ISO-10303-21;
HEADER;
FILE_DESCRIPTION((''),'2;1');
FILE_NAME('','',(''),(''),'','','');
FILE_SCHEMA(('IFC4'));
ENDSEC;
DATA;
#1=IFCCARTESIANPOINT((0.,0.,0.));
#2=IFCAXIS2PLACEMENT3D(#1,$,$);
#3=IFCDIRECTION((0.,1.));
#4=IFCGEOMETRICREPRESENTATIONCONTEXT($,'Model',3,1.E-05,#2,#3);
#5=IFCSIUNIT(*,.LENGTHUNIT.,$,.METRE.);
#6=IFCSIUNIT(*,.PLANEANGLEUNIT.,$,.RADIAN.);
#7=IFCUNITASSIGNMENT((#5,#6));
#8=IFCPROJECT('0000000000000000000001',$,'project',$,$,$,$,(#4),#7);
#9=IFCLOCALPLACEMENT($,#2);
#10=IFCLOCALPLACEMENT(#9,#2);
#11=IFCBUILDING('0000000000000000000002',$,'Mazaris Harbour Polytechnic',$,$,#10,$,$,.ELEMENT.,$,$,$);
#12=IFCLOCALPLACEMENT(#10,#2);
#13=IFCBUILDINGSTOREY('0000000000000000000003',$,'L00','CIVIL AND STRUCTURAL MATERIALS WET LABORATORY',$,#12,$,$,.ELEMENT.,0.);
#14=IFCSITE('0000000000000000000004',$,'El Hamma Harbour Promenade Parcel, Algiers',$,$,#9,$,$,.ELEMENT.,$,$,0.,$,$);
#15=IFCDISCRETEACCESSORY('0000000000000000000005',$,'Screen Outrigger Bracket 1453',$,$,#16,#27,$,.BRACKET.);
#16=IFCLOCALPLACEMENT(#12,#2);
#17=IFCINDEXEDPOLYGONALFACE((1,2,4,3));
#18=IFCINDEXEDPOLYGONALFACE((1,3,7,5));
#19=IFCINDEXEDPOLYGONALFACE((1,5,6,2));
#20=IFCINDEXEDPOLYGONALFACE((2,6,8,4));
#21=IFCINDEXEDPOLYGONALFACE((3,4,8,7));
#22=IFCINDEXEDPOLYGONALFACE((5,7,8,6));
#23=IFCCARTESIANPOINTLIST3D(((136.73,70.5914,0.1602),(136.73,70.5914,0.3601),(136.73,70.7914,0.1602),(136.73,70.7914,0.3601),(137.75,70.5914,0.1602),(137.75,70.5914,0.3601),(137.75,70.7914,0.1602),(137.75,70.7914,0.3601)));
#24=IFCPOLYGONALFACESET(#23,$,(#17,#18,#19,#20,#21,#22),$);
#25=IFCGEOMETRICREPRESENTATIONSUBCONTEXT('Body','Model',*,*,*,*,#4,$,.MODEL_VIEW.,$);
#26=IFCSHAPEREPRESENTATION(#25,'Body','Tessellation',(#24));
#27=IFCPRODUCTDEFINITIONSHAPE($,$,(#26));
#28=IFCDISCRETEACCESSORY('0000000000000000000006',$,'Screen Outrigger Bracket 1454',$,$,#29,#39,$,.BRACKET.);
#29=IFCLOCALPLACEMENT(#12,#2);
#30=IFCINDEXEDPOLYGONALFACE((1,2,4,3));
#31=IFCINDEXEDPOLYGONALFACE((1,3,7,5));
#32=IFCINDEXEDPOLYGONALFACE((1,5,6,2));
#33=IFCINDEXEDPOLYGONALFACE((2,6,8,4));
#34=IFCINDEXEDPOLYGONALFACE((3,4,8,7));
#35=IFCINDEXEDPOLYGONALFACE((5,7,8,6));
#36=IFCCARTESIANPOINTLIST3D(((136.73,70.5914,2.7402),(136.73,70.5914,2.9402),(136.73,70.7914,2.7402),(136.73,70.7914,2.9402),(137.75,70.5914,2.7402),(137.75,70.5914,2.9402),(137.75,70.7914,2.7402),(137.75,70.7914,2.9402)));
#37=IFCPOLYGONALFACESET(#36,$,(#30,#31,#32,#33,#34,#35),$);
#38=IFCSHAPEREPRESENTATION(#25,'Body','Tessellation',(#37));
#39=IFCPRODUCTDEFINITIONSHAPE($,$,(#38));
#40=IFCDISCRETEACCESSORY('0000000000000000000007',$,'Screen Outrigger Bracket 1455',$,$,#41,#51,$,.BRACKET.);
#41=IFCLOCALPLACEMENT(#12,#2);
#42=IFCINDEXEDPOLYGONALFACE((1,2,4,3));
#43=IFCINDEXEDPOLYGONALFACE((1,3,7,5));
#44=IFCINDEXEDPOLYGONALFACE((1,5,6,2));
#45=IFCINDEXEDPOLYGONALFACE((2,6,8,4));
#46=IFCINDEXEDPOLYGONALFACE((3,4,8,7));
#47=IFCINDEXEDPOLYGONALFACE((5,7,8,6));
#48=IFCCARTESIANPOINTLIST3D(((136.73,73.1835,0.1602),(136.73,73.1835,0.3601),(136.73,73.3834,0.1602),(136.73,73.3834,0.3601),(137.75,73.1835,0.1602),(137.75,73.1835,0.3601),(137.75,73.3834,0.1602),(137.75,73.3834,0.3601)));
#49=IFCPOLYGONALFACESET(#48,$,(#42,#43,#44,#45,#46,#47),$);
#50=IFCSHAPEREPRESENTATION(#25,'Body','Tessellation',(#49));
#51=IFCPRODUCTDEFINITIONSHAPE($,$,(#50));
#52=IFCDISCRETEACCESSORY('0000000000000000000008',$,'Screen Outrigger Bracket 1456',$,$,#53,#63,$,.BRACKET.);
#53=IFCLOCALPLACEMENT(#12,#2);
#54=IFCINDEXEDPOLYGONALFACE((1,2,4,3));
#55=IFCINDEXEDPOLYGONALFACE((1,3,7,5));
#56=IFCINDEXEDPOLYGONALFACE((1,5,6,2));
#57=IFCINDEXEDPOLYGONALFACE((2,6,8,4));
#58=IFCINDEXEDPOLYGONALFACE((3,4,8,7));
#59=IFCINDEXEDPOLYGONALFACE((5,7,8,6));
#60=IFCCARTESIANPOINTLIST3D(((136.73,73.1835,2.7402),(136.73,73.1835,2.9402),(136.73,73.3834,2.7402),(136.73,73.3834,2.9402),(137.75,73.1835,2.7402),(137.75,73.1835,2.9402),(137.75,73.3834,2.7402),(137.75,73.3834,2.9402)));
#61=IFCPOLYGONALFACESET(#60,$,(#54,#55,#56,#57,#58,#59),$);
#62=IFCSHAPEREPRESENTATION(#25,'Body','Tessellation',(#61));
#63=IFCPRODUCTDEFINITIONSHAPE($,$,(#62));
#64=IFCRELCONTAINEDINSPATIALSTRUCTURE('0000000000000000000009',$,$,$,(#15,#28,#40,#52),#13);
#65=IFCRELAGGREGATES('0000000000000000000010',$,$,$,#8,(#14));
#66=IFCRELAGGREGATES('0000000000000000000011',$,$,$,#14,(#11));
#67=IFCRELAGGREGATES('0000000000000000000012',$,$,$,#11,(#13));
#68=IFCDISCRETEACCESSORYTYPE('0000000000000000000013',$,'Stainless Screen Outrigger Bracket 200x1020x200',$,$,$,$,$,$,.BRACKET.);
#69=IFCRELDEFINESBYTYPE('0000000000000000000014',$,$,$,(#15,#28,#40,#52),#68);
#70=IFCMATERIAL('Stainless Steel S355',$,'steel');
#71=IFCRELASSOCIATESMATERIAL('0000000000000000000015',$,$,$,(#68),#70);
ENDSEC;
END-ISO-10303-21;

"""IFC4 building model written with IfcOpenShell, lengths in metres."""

from ifc_helpers import new_model, si_unit, direction, frame, origin, origin_2d, place, context, subcontext, project, spatial, rectangle, extrude, material, type_object, element, save


model = new_model("IFC4")

# Units and contexts
model_context = context("Model", 3, precision=1e-05, world=origin(), true_north=direction((0.0, 1.0)))
body_context = subcontext(model_context, "Body", "Model", "MODEL_VIEW")
ifc_project = project(units=[si_unit("LENGTHUNIT", "METRE"), si_unit("PLANEANGLEUNIT", "RADIAN")], contexts=[model_context])

# Site, building, storey
site_placement = place(None, origin())
site = spatial("IfcSite", under=ifc_project, at=site_placement, Name="El Hamma Harbour Promenade Parcel, Algiers", CompositionType="ELEMENT", RefElevation=0.0)
building_placement = place(site_placement, origin())
building = spatial("IfcBuilding", under=site, at=building_placement, Name="Mazaris Harbour Polytechnic", CompositionType="ELEMENT")
storey_placement = place(building_placement, origin())
storey = spatial("IfcBuildingStorey", under=building, at=storey_placement, Name="L00", Description="CIVIL AND STRUCTURAL MATERIALS WET LABORATORY", CompositionType="ELEMENT", Elevation=0.0)

# Discrete accessories
ifc_material_1 = material(Name="Stainless Steel S355", Category="steel")
discrete_accessory_type = type_object("IfcDiscreteAccessoryType", Name="Stainless Screen Outrigger Bracket 200x1020x200", PredefinedType="BRACKET", material=ifc_material_1)
for number, where, z_axis, x_axis, name in (
    (1, (137.24, 70.6914, 0.1602), (0.0, 0.0, 1.0), (0.0, 1.0, 0.0), "Screen Outrigger Bracket 1453"),
    (2, (137.24, 70.6914, 2.7402), (0.0, 0.0, 1.0), (0.0, 1.0, 0.0), "Screen Outrigger Bracket 1454"),
    (3, (137.24, 73.2834, 0.1602), (0.0, 0.0, 1.0), (0.0, 1.0, 0.0), "Screen Outrigger Bracket 1455"),
    (4, (137.24, 73.2834, 2.7402), (0.0, 0.0, 1.0), (0.0, 1.0, 0.0), "Screen Outrigger Bracket 1456"),
):
    element("IfcDiscreteAccessory", number, at=place(storey_placement, frame(where, z_axis=z_axis, x_axis=x_axis)), inside=storey, type_object=discrete_accessory_type, Name=name, PredefinedType="BRACKET", context=body_context, shape_type="SweptSolid", body=[
        extrude(rectangle(XDim=0.2, YDim=1.02, at=origin_2d()), origin(), (0.0, 0.0, 1.0), 0.2),
    ])

save(model, "model.ifc")
